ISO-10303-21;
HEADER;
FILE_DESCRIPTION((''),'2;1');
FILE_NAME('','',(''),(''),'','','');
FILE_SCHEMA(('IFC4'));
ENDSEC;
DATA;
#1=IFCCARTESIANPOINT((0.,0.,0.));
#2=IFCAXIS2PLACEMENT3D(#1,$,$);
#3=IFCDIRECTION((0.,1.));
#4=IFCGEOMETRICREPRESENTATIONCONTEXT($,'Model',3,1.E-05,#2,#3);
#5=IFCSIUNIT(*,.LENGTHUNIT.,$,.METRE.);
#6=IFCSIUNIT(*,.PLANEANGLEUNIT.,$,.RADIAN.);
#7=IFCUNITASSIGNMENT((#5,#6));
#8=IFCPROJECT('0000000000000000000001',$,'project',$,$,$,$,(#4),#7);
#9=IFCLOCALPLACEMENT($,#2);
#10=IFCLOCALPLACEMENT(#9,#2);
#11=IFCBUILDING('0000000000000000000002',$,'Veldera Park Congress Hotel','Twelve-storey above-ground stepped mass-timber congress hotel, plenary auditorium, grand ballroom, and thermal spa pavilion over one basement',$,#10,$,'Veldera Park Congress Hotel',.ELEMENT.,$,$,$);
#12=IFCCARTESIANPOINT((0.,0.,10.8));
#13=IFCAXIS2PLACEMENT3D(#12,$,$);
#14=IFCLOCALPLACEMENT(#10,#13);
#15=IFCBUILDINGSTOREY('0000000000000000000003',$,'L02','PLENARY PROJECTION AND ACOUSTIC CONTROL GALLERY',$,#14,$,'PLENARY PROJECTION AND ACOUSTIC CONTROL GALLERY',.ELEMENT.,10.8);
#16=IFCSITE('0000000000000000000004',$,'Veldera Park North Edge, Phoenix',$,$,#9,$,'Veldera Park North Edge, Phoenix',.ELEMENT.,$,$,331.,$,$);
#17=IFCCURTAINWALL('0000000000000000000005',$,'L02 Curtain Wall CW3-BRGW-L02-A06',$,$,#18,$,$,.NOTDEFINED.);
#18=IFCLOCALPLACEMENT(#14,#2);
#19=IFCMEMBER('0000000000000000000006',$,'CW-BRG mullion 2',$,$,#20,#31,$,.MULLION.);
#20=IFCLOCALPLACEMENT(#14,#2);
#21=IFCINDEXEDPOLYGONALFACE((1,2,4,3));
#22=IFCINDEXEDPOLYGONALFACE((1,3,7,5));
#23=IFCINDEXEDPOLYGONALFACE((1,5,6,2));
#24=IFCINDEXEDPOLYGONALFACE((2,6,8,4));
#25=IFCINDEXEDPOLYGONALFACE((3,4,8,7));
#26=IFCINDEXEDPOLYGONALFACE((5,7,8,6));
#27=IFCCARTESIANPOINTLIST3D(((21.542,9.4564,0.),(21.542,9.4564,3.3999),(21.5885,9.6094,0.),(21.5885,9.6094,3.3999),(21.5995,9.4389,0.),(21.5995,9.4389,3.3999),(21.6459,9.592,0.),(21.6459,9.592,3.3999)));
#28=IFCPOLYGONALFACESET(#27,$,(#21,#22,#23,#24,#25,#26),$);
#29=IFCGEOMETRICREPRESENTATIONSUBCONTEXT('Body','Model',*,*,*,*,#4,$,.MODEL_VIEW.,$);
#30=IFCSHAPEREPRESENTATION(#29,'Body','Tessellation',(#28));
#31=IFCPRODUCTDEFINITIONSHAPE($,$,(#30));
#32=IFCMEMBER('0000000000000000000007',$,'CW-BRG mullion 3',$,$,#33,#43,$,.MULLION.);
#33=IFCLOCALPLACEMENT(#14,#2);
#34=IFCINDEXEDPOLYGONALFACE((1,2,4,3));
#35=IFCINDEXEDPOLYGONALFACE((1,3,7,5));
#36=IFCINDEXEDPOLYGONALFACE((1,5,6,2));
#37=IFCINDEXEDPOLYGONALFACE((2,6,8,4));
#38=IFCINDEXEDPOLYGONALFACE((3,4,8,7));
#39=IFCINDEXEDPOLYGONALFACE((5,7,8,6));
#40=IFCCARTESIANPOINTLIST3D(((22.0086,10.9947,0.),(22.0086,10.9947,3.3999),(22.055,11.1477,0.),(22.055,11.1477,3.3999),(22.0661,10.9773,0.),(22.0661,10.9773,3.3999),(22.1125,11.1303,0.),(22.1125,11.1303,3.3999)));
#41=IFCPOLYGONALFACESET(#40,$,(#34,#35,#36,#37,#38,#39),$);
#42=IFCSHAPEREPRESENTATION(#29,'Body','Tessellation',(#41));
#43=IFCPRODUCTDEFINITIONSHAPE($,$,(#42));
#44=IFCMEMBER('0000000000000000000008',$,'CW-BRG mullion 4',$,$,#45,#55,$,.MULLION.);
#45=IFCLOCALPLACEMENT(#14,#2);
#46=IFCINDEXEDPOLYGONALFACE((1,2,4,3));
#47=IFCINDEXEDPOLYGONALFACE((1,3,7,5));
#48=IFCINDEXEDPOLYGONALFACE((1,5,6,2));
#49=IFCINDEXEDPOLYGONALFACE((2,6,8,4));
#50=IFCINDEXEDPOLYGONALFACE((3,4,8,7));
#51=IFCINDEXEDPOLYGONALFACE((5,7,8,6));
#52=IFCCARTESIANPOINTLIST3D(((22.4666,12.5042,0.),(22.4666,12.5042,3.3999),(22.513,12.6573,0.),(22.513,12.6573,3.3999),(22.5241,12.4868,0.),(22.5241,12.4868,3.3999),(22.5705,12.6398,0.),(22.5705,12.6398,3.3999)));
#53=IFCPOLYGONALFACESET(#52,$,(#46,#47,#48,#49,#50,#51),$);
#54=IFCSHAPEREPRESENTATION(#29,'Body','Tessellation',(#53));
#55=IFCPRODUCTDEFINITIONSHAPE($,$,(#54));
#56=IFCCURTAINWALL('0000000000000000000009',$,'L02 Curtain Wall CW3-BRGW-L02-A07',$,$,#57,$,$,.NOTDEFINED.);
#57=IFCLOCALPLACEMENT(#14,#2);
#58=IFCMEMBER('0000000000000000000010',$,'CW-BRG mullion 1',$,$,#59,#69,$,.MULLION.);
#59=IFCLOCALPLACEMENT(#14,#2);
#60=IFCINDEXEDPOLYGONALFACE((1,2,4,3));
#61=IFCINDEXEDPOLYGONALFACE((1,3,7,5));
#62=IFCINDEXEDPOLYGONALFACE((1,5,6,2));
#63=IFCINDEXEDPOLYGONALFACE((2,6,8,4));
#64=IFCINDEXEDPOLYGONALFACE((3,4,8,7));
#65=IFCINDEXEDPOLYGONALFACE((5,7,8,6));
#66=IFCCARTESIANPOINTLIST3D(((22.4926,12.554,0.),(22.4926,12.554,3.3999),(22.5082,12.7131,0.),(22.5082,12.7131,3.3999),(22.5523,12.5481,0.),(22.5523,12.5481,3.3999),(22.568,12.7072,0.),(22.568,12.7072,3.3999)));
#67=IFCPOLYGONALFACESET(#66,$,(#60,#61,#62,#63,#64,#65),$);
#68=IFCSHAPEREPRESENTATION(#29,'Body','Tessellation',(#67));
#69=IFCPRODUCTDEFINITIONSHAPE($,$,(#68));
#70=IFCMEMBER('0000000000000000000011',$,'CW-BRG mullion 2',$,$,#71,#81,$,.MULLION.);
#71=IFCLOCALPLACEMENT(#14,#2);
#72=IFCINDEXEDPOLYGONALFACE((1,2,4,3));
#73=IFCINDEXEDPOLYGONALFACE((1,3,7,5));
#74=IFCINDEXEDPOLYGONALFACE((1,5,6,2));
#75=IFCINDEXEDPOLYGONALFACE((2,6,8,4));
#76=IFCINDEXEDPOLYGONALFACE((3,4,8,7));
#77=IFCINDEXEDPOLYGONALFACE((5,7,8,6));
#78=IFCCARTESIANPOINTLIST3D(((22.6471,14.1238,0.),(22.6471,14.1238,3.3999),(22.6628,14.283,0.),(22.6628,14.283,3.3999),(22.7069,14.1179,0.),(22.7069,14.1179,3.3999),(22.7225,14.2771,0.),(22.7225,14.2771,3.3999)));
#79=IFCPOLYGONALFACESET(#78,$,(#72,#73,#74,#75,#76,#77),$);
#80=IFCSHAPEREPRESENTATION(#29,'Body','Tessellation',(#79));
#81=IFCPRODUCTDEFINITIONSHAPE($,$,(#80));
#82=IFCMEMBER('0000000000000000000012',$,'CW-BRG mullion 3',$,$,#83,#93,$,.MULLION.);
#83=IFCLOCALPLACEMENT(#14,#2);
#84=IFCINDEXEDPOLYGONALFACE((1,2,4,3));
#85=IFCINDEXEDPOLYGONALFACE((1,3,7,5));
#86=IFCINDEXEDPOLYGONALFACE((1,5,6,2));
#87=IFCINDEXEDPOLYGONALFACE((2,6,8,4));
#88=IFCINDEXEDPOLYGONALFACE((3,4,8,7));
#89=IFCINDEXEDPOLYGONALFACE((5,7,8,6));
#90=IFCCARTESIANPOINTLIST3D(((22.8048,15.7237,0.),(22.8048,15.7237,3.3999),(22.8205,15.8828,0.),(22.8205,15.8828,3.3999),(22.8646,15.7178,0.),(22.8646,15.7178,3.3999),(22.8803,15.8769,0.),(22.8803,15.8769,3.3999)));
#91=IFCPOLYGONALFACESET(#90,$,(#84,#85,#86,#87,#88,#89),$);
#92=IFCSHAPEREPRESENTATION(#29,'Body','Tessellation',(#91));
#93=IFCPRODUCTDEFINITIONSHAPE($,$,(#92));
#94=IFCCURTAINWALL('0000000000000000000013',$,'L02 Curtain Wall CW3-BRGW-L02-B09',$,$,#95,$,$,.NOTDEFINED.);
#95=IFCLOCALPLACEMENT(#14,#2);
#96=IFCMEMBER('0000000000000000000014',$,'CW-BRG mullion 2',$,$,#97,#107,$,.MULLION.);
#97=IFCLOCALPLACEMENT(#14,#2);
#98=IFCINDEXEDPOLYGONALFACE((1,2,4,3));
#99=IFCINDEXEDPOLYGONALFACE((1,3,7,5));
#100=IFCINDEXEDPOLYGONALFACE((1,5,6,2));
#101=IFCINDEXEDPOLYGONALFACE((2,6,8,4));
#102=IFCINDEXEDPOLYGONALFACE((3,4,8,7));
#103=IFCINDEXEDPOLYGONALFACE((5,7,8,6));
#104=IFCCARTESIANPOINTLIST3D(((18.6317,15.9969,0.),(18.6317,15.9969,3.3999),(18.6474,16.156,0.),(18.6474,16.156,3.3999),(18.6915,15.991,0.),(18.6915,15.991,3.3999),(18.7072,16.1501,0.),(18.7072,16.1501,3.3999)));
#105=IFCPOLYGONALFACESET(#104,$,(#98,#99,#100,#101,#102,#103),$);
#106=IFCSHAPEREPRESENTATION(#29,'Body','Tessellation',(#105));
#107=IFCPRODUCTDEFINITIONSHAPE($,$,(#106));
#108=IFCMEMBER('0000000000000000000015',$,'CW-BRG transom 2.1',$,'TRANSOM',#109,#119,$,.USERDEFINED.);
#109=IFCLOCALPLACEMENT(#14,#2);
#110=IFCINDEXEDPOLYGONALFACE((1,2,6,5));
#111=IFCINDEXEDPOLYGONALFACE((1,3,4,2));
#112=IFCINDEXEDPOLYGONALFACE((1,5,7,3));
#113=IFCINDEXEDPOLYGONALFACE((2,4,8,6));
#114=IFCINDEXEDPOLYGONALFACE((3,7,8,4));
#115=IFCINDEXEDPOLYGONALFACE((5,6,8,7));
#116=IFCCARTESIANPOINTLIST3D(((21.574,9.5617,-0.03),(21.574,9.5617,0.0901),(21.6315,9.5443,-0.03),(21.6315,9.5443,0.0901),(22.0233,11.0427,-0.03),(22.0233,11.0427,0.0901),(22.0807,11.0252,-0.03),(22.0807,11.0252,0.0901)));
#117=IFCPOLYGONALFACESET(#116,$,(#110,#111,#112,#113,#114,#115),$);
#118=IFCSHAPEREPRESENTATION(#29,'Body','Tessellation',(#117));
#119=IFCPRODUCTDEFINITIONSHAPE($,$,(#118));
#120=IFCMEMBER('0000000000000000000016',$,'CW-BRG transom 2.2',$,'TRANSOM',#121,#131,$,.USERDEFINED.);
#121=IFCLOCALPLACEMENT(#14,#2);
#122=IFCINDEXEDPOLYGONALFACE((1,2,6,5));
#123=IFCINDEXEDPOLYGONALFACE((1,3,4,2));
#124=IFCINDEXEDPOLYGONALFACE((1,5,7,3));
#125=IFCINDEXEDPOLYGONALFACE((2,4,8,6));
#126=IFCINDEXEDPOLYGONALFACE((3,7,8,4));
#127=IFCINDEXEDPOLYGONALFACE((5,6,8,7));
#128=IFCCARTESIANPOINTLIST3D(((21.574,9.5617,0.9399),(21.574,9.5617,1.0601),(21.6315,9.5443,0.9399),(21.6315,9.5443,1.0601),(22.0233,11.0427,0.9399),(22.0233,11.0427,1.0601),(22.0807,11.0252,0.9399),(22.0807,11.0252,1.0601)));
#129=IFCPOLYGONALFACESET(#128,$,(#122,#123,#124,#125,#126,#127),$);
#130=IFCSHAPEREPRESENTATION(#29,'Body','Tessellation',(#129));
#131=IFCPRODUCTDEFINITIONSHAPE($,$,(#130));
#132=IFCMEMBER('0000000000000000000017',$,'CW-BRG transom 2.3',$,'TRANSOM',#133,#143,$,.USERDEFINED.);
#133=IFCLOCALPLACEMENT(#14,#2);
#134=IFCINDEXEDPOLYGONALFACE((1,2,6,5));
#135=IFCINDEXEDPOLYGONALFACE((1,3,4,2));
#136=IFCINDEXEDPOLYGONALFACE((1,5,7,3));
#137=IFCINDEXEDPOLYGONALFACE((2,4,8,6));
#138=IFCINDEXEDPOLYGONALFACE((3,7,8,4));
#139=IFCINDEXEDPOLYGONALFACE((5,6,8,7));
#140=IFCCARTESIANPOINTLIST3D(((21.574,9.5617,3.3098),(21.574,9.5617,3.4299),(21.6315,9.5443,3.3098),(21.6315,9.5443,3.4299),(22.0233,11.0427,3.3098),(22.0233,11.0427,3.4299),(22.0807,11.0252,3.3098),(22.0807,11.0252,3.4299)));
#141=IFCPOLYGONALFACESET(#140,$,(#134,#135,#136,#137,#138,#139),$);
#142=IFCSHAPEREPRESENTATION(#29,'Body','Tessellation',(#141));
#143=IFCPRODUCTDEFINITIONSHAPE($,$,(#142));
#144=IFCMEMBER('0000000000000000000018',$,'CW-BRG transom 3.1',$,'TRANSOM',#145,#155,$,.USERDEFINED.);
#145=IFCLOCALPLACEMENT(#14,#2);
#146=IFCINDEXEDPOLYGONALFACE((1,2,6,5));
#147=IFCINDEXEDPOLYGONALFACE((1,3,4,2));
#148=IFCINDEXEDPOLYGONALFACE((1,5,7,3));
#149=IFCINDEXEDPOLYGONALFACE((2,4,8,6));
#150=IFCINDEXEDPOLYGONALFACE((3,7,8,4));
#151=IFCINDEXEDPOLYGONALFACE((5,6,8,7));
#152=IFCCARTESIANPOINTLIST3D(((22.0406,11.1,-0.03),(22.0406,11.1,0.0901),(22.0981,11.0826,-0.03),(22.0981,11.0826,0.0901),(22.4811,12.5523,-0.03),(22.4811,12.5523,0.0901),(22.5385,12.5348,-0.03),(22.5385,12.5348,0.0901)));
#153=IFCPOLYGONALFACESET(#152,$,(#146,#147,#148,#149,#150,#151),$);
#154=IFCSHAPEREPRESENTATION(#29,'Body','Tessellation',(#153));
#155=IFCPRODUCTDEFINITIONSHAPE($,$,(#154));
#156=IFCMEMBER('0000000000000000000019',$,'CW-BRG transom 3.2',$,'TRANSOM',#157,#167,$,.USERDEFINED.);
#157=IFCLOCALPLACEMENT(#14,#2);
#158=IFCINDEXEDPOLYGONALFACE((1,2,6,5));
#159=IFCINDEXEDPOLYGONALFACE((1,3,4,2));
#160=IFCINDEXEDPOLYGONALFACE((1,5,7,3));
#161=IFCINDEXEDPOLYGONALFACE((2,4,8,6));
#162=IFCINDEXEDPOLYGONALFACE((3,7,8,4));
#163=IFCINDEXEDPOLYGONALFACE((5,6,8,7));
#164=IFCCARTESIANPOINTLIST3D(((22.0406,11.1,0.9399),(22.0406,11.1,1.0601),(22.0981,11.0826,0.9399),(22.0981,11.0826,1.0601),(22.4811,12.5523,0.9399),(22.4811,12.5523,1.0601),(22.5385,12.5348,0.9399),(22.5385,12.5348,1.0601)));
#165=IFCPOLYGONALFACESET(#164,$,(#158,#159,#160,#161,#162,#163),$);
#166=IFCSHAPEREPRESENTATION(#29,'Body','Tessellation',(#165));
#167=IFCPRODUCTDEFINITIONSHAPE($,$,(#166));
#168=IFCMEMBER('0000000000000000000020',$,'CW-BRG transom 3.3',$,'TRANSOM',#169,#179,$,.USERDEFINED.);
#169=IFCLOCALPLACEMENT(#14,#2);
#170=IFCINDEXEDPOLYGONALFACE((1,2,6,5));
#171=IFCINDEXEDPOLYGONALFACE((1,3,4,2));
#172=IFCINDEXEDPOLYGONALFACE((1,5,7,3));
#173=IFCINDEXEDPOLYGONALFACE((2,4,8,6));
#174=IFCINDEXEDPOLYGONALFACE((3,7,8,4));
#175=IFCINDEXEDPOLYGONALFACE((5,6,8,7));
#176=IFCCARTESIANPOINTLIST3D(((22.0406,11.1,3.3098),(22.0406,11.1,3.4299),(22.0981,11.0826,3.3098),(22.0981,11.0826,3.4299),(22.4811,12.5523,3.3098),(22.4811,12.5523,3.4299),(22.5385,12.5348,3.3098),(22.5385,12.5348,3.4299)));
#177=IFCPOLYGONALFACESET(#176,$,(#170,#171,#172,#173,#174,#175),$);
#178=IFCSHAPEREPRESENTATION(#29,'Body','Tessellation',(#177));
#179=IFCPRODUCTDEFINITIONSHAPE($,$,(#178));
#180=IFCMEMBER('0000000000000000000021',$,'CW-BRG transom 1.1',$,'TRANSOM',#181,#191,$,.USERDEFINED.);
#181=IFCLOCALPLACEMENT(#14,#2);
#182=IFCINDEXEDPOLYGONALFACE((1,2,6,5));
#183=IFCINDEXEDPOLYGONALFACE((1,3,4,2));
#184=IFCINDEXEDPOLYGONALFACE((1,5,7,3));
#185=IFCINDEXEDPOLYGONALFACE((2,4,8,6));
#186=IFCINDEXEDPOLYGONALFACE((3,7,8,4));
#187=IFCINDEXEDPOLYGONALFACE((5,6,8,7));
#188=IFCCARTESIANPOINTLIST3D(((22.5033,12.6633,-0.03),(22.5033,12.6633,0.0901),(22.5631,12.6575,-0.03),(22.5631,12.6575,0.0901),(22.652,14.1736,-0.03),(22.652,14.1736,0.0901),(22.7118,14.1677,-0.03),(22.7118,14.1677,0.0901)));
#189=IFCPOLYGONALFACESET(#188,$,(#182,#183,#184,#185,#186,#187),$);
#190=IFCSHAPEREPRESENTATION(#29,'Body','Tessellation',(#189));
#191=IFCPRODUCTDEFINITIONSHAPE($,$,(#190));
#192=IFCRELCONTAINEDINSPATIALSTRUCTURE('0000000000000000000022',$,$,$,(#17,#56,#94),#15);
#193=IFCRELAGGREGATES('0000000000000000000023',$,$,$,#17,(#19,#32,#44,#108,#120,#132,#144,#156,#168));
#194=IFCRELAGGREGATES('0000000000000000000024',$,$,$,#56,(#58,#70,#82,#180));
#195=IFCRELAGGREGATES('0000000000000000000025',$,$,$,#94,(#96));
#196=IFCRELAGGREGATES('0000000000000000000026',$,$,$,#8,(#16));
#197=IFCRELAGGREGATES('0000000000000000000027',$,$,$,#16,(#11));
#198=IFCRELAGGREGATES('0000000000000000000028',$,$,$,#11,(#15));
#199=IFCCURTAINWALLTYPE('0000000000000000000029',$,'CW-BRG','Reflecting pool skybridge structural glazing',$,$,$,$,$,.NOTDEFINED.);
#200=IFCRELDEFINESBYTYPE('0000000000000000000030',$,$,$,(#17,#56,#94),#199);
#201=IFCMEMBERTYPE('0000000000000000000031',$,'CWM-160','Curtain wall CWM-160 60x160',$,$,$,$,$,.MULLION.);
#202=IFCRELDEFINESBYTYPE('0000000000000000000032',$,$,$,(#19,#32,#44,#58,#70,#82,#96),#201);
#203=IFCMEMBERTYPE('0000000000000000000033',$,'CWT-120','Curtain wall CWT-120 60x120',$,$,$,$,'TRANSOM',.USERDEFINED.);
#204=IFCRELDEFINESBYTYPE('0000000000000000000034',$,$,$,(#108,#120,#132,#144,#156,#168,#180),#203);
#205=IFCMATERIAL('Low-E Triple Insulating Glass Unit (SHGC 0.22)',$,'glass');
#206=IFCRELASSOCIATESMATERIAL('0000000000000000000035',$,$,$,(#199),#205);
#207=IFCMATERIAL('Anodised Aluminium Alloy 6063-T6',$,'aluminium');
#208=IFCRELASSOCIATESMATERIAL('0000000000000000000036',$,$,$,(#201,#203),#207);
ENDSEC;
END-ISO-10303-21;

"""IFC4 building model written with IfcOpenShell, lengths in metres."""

from ifc_helpers import new_model, si_unit, direction, frame, origin, origin_2d, place, context, subcontext, project, spatial, rectangle, extrude, material, material_profile, profile_set, type_object, element, aggregate, save


model = new_model("IFC4")

# Units and contexts
model_context = context("Model", 3, precision=1e-05, world=origin(), true_north=direction((0.0, 1.0)))
body_context = subcontext(model_context, "Body", "Model", "MODEL_VIEW")
ifc_project = project(units=[si_unit("LENGTHUNIT", "METRE"), si_unit("PLANEANGLEUNIT", "RADIAN")], contexts=[model_context])

# Site, building, storey
site_placement = place(None, origin())
site = spatial("IfcSite", under=ifc_project, at=site_placement, Name="Veldera Park North Edge, Phoenix", LongName="Veldera Park North Edge, Phoenix", CompositionType="ELEMENT", RefElevation=331.0)
building_placement = place(site_placement, origin())
building = spatial("IfcBuilding", under=site, at=building_placement, Name="Veldera Park Congress Hotel", Description="Twelve-storey above-ground stepped mass-timber congress hotel, plenary auditorium, grand ballroom, and thermal spa pavilion over one basement", LongName="Veldera Park Congress Hotel", CompositionType="ELEMENT")
storey_placement = place(building_placement, frame((0.0, 0.0, 10.8)))
storey = spatial("IfcBuildingStorey", under=building, at=storey_placement, Name="L02", Description="PLENARY PROJECTION AND ACOUSTIC CONTROL GALLERY", LongName="PLENARY PROJECTION AND ACOUSTIC CONTROL GALLERY", CompositionType="ELEMENT", Elevation=10.8)

# Curtain walls, members
ifc_material_1 = material(Name="Low-E Triple Insulating Glass Unit (SHGC 0.22)", Category="glass")
curtain_wall_type = type_object("IfcCurtainWallType", Name="CW-BRG", Description="Reflecting pool skybridge structural glazing", PredefinedType="NOTDEFINED", material=ifc_material_1)
curtain_wall_1_placement = place(storey_placement, origin())
curtain_wall_1 = element("IfcCurtainWall", 1, at=curtain_wall_1_placement, inside=storey, type_object=curtain_wall_type, Name="L02 Curtain Wall CW3-BRGW-L02-A06", PredefinedType="NOTDEFINED")
ifc_material_2 = material(Name="Anodised Aluminium Alloy 6063-T6", Category="aluminium")
ifc_material_profile_1 = material_profile(ifc_material_2, rectangle(XDim=0.0601, YDim=0.1599, at=origin_2d()), Name="ALU 60x160")
ifc_profile_set_1 = profile_set([ifc_material_profile_1], Name="Anodised Aluminium Alloy 6063-T6")
member_type_1 = type_object("IfcMemberType", Name="CWM-160", Description="Curtain wall CWM-160 60x160", PredefinedType="MULLION", material=ifc_profile_set_1)
member_1_placement = place(storey_placement, frame((21.594, 9.5242, 0.0), z_axis=(0.0, 0.0, 1.0), x_axis=(-0.956939, 0.290288, 0.0)))
member_1 = element("IfcMember", 2, at=member_1_placement, type_object=member_type_1, Name="CW-BRG mullion 2", PredefinedType="MULLION", context=body_context, shape_type="SweptSolid", body=[
    extrude(rectangle(XDim=0.0601, YDim=0.1599, at=origin_2d()), origin(), (0.0, 0.0, 1.0), 3.3999),
])
member_2_placement = place(storey_placement, frame((22.0605, 11.0625, 0.0), z_axis=(0.0, 0.0, 1.0), x_axis=(-0.956939, 0.290288, 0.0)))
member_2 = element("IfcMember", 3, at=member_2_placement, type_object=member_type_1, Name="CW-BRG mullion 3", PredefinedType="MULLION", context=body_context, shape_type="SweptSolid", body=[
    extrude(rectangle(XDim=0.0601, YDim=0.1599, at=origin_2d()), origin(), (0.0, 0.0, 1.0), 3.3999),
])
member_3_placement = place(storey_placement, frame((22.5186, 12.572, 0.0), z_axis=(0.0, 0.0, 1.0), x_axis=(-0.956939, 0.290288, 0.0)))
member_3 = element("IfcMember", 4, at=member_3_placement, type_object=member_type_1, Name="CW-BRG mullion 4", PredefinedType="MULLION", context=body_context, shape_type="SweptSolid", body=[
    extrude(rectangle(XDim=0.0601, YDim=0.1599, at=origin_2d()), origin(), (0.0, 0.0, 1.0), 3.3999),
])
curtain_wall_2_placement = place(storey_placement, origin())
curtain_wall_2 = element("IfcCurtainWall", 5, at=curtain_wall_2_placement, inside=storey, type_object=curtain_wall_type, Name="L02 Curtain Wall CW3-BRGW-L02-A07", PredefinedType="NOTDEFINED")
member_4_placement = place(storey_placement, frame((22.5303, 12.6306, 0.0), z_axis=(0.0, 0.0, 1.0), x_axis=(-0.995184, 0.098021, 0.0)))
member_4 = element("IfcMember", 6, at=member_4_placement, type_object=member_type_1, Name="CW-BRG mullion 1", PredefinedType="MULLION", context=body_context, shape_type="SweptSolid", body=[
    extrude(rectangle(XDim=0.0601, YDim=0.1599, at=origin_2d()), origin(), (0.0, 0.0, 1.0), 3.3999),
])
member_5_placement = place(storey_placement, frame((22.6848, 14.2004, 0.0), z_axis=(0.0, 0.0, 1.0), x_axis=(-0.995184, 0.098021, 0.0)))
member_5 = element("IfcMember", 7, at=member_5_placement, type_object=member_type_1, Name="CW-BRG mullion 2", PredefinedType="MULLION", context=body_context, shape_type="SweptSolid", body=[
    extrude(rectangle(XDim=0.0601, YDim=0.1599, at=origin_2d()), origin(), (0.0, 0.0, 1.0), 3.3999),
])
member_6_placement = place(storey_placement, frame((22.8425, 15.8003, 0.0), z_axis=(0.0, 0.0, 1.0), x_axis=(-0.995184, 0.098021, 0.0)))
member_6 = element("IfcMember", 8, at=member_6_placement, type_object=member_type_1, Name="CW-BRG mullion 3", PredefinedType="MULLION", context=body_context, shape_type="SweptSolid", body=[
    extrude(rectangle(XDim=0.0601, YDim=0.1599, at=origin_2d()), origin(), (0.0, 0.0, 1.0), 3.3999),
])

# Curtain wall, member
curtain_wall_3_placement = place(storey_placement, origin())
curtain_wall_3 = element("IfcCurtainWall", 9, at=curtain_wall_3_placement, inside=storey, type_object=curtain_wall_type, Name="L02 Curtain Wall CW3-BRGW-L02-B09", PredefinedType="NOTDEFINED")
member_7_placement = place(storey_placement, frame((18.6694, 16.0735, 0.0), z_axis=(0.0, 0.0, 1.0), x_axis=(0.995184, -0.098023, 0.0)))
member_7 = element("IfcMember", 10, at=member_7_placement, type_object=member_type_1, Name="CW-BRG mullion 2", PredefinedType="MULLION", context=body_context, shape_type="SweptSolid", body=[
    extrude(rectangle(XDim=0.0601, YDim=0.1599, at=origin_2d()), origin(), (0.0, 0.0, 1.0), 3.3999),
])

# Members
ifc_material_profile_2 = material_profile(ifc_material_2, rectangle(XDim=0.0601, YDim=0.1201, at=origin_2d()), Name="ALU 60x120")
ifc_profile_set_2 = profile_set([ifc_material_profile_2], Name="Anodised Aluminium Alloy 6063-T6")
member_type_2 = type_object("IfcMemberType", Name="CWT-120", Description="Curtain wall CWT-120 60x120", ElementType="TRANSOM", PredefinedType="USERDEFINED", material=ifc_profile_set_2)
member_8_placement = place(storey_placement, frame((21.6028, 9.553, 0.03), z_axis=(0.29027, 0.956945, 0.0), x_axis=(-0.956945, 0.29027, 0.0)))
member_8 = element("IfcMember", 11, at=member_8_placement, type_object=member_type_2, Name="CW-BRG transom 2.1", ObjectType="TRANSOM", PredefinedType="USERDEFINED", context=body_context, shape_type="SweptSolid", body=[
    extrude(rectangle(XDim=0.0601, YDim=0.1201, at=origin_2d()), origin(), (0.0, 0.0, 1.0), 1.5476),
])
member_9_placement = place(storey_placement, frame((21.6028, 9.553, 1.0), z_axis=(0.29027, 0.956945, 0.0), x_axis=(-0.956945, 0.29027, 0.0)))
member_9 = element("IfcMember", 12, at=member_9_placement, type_object=member_type_2, Name="CW-BRG transom 2.2", ObjectType="TRANSOM", PredefinedType="USERDEFINED", context=body_context, shape_type="SweptSolid", body=[
    extrude(rectangle(XDim=0.0601, YDim=0.1201, at=origin_2d()), origin(), (0.0, 0.0, 1.0), 1.5476),
])
member_10_placement = place(storey_placement, frame((21.6028, 9.553, 3.3699), z_axis=(0.29027, 0.956945, 0.0), x_axis=(-0.956945, 0.29027, 0.0)))
member_10 = element("IfcMember", 13, at=member_10_placement, type_object=member_type_2, Name="CW-BRG transom 2.3", ObjectType="TRANSOM", PredefinedType="USERDEFINED", context=body_context, shape_type="SweptSolid", body=[
    extrude(rectangle(XDim=0.0601, YDim=0.1201, at=origin_2d()), origin(), (0.0, 0.0, 1.0), 1.5476),
])
member_11_placement = place(storey_placement, frame((22.0693, 11.0913, 0.03), z_axis=(0.29024, 0.956954, 0.0), x_axis=(-0.956954, 0.29024, 0.0)))
member_11 = element("IfcMember", 14, at=member_11_placement, type_object=member_type_2, Name="CW-BRG transom 3.1", ObjectType="TRANSOM", PredefinedType="USERDEFINED", context=body_context, shape_type="SweptSolid", body=[
    extrude(rectangle(XDim=0.0601, YDim=0.1201, at=origin_2d()), origin(), (0.0, 0.0, 1.0), 1.5176),
])
member_12_placement = place(storey_placement, frame((22.0693, 11.0913, 1.0), z_axis=(0.29024, 0.956954, 0.0), x_axis=(-0.956954, 0.29024, 0.0)))
member_12 = element("IfcMember", 15, at=member_12_placement, type_object=member_type_2, Name="CW-BRG transom 3.2", ObjectType="TRANSOM", PredefinedType="USERDEFINED", context=body_context, shape_type="SweptSolid", body=[
    extrude(rectangle(XDim=0.0601, YDim=0.1201, at=origin_2d()), origin(), (0.0, 0.0, 1.0), 1.5176),
])
member_13_placement = place(storey_placement, frame((22.0693, 11.0913, 3.3699), z_axis=(0.29024, 0.956954, 0.0), x_axis=(-0.956954, 0.29024, 0.0)))
member_13 = element("IfcMember", 16, at=member_13_placement, type_object=member_type_2, Name="CW-BRG transom 3.3", ObjectType="TRANSOM", PredefinedType="USERDEFINED", context=body_context, shape_type="SweptSolid", body=[
    extrude(rectangle(XDim=0.0601, YDim=0.1201, at=origin_2d()), origin(), (0.0, 0.0, 1.0), 1.5176),
])
member_14_placement = place(storey_placement, frame((22.5332, 12.6604, 0.03), z_axis=(0.097974, 0.995189, 0.0), x_axis=(-0.995189, 0.097974, 0.0)))
member_14 = element("IfcMember", 17, at=member_14_placement, type_object=member_type_2, Name="CW-BRG transom 1.1", ObjectType="TRANSOM", PredefinedType="USERDEFINED", context=body_context, shape_type="SweptSolid", body=[
    extrude(rectangle(XDim=0.0601, YDim=0.1201, at=origin_2d()), origin(), (0.0, 0.0, 1.0), 1.5176),
])

aggregate(curtain_wall_1, [member_1, member_2, member_3, member_8, member_9, member_10, member_11, member_12, member_13])
aggregate(curtain_wall_2, [member_4, member_5, member_6, member_14])
aggregate(curtain_wall_3, [member_7])

save(model, "model.ifc")
